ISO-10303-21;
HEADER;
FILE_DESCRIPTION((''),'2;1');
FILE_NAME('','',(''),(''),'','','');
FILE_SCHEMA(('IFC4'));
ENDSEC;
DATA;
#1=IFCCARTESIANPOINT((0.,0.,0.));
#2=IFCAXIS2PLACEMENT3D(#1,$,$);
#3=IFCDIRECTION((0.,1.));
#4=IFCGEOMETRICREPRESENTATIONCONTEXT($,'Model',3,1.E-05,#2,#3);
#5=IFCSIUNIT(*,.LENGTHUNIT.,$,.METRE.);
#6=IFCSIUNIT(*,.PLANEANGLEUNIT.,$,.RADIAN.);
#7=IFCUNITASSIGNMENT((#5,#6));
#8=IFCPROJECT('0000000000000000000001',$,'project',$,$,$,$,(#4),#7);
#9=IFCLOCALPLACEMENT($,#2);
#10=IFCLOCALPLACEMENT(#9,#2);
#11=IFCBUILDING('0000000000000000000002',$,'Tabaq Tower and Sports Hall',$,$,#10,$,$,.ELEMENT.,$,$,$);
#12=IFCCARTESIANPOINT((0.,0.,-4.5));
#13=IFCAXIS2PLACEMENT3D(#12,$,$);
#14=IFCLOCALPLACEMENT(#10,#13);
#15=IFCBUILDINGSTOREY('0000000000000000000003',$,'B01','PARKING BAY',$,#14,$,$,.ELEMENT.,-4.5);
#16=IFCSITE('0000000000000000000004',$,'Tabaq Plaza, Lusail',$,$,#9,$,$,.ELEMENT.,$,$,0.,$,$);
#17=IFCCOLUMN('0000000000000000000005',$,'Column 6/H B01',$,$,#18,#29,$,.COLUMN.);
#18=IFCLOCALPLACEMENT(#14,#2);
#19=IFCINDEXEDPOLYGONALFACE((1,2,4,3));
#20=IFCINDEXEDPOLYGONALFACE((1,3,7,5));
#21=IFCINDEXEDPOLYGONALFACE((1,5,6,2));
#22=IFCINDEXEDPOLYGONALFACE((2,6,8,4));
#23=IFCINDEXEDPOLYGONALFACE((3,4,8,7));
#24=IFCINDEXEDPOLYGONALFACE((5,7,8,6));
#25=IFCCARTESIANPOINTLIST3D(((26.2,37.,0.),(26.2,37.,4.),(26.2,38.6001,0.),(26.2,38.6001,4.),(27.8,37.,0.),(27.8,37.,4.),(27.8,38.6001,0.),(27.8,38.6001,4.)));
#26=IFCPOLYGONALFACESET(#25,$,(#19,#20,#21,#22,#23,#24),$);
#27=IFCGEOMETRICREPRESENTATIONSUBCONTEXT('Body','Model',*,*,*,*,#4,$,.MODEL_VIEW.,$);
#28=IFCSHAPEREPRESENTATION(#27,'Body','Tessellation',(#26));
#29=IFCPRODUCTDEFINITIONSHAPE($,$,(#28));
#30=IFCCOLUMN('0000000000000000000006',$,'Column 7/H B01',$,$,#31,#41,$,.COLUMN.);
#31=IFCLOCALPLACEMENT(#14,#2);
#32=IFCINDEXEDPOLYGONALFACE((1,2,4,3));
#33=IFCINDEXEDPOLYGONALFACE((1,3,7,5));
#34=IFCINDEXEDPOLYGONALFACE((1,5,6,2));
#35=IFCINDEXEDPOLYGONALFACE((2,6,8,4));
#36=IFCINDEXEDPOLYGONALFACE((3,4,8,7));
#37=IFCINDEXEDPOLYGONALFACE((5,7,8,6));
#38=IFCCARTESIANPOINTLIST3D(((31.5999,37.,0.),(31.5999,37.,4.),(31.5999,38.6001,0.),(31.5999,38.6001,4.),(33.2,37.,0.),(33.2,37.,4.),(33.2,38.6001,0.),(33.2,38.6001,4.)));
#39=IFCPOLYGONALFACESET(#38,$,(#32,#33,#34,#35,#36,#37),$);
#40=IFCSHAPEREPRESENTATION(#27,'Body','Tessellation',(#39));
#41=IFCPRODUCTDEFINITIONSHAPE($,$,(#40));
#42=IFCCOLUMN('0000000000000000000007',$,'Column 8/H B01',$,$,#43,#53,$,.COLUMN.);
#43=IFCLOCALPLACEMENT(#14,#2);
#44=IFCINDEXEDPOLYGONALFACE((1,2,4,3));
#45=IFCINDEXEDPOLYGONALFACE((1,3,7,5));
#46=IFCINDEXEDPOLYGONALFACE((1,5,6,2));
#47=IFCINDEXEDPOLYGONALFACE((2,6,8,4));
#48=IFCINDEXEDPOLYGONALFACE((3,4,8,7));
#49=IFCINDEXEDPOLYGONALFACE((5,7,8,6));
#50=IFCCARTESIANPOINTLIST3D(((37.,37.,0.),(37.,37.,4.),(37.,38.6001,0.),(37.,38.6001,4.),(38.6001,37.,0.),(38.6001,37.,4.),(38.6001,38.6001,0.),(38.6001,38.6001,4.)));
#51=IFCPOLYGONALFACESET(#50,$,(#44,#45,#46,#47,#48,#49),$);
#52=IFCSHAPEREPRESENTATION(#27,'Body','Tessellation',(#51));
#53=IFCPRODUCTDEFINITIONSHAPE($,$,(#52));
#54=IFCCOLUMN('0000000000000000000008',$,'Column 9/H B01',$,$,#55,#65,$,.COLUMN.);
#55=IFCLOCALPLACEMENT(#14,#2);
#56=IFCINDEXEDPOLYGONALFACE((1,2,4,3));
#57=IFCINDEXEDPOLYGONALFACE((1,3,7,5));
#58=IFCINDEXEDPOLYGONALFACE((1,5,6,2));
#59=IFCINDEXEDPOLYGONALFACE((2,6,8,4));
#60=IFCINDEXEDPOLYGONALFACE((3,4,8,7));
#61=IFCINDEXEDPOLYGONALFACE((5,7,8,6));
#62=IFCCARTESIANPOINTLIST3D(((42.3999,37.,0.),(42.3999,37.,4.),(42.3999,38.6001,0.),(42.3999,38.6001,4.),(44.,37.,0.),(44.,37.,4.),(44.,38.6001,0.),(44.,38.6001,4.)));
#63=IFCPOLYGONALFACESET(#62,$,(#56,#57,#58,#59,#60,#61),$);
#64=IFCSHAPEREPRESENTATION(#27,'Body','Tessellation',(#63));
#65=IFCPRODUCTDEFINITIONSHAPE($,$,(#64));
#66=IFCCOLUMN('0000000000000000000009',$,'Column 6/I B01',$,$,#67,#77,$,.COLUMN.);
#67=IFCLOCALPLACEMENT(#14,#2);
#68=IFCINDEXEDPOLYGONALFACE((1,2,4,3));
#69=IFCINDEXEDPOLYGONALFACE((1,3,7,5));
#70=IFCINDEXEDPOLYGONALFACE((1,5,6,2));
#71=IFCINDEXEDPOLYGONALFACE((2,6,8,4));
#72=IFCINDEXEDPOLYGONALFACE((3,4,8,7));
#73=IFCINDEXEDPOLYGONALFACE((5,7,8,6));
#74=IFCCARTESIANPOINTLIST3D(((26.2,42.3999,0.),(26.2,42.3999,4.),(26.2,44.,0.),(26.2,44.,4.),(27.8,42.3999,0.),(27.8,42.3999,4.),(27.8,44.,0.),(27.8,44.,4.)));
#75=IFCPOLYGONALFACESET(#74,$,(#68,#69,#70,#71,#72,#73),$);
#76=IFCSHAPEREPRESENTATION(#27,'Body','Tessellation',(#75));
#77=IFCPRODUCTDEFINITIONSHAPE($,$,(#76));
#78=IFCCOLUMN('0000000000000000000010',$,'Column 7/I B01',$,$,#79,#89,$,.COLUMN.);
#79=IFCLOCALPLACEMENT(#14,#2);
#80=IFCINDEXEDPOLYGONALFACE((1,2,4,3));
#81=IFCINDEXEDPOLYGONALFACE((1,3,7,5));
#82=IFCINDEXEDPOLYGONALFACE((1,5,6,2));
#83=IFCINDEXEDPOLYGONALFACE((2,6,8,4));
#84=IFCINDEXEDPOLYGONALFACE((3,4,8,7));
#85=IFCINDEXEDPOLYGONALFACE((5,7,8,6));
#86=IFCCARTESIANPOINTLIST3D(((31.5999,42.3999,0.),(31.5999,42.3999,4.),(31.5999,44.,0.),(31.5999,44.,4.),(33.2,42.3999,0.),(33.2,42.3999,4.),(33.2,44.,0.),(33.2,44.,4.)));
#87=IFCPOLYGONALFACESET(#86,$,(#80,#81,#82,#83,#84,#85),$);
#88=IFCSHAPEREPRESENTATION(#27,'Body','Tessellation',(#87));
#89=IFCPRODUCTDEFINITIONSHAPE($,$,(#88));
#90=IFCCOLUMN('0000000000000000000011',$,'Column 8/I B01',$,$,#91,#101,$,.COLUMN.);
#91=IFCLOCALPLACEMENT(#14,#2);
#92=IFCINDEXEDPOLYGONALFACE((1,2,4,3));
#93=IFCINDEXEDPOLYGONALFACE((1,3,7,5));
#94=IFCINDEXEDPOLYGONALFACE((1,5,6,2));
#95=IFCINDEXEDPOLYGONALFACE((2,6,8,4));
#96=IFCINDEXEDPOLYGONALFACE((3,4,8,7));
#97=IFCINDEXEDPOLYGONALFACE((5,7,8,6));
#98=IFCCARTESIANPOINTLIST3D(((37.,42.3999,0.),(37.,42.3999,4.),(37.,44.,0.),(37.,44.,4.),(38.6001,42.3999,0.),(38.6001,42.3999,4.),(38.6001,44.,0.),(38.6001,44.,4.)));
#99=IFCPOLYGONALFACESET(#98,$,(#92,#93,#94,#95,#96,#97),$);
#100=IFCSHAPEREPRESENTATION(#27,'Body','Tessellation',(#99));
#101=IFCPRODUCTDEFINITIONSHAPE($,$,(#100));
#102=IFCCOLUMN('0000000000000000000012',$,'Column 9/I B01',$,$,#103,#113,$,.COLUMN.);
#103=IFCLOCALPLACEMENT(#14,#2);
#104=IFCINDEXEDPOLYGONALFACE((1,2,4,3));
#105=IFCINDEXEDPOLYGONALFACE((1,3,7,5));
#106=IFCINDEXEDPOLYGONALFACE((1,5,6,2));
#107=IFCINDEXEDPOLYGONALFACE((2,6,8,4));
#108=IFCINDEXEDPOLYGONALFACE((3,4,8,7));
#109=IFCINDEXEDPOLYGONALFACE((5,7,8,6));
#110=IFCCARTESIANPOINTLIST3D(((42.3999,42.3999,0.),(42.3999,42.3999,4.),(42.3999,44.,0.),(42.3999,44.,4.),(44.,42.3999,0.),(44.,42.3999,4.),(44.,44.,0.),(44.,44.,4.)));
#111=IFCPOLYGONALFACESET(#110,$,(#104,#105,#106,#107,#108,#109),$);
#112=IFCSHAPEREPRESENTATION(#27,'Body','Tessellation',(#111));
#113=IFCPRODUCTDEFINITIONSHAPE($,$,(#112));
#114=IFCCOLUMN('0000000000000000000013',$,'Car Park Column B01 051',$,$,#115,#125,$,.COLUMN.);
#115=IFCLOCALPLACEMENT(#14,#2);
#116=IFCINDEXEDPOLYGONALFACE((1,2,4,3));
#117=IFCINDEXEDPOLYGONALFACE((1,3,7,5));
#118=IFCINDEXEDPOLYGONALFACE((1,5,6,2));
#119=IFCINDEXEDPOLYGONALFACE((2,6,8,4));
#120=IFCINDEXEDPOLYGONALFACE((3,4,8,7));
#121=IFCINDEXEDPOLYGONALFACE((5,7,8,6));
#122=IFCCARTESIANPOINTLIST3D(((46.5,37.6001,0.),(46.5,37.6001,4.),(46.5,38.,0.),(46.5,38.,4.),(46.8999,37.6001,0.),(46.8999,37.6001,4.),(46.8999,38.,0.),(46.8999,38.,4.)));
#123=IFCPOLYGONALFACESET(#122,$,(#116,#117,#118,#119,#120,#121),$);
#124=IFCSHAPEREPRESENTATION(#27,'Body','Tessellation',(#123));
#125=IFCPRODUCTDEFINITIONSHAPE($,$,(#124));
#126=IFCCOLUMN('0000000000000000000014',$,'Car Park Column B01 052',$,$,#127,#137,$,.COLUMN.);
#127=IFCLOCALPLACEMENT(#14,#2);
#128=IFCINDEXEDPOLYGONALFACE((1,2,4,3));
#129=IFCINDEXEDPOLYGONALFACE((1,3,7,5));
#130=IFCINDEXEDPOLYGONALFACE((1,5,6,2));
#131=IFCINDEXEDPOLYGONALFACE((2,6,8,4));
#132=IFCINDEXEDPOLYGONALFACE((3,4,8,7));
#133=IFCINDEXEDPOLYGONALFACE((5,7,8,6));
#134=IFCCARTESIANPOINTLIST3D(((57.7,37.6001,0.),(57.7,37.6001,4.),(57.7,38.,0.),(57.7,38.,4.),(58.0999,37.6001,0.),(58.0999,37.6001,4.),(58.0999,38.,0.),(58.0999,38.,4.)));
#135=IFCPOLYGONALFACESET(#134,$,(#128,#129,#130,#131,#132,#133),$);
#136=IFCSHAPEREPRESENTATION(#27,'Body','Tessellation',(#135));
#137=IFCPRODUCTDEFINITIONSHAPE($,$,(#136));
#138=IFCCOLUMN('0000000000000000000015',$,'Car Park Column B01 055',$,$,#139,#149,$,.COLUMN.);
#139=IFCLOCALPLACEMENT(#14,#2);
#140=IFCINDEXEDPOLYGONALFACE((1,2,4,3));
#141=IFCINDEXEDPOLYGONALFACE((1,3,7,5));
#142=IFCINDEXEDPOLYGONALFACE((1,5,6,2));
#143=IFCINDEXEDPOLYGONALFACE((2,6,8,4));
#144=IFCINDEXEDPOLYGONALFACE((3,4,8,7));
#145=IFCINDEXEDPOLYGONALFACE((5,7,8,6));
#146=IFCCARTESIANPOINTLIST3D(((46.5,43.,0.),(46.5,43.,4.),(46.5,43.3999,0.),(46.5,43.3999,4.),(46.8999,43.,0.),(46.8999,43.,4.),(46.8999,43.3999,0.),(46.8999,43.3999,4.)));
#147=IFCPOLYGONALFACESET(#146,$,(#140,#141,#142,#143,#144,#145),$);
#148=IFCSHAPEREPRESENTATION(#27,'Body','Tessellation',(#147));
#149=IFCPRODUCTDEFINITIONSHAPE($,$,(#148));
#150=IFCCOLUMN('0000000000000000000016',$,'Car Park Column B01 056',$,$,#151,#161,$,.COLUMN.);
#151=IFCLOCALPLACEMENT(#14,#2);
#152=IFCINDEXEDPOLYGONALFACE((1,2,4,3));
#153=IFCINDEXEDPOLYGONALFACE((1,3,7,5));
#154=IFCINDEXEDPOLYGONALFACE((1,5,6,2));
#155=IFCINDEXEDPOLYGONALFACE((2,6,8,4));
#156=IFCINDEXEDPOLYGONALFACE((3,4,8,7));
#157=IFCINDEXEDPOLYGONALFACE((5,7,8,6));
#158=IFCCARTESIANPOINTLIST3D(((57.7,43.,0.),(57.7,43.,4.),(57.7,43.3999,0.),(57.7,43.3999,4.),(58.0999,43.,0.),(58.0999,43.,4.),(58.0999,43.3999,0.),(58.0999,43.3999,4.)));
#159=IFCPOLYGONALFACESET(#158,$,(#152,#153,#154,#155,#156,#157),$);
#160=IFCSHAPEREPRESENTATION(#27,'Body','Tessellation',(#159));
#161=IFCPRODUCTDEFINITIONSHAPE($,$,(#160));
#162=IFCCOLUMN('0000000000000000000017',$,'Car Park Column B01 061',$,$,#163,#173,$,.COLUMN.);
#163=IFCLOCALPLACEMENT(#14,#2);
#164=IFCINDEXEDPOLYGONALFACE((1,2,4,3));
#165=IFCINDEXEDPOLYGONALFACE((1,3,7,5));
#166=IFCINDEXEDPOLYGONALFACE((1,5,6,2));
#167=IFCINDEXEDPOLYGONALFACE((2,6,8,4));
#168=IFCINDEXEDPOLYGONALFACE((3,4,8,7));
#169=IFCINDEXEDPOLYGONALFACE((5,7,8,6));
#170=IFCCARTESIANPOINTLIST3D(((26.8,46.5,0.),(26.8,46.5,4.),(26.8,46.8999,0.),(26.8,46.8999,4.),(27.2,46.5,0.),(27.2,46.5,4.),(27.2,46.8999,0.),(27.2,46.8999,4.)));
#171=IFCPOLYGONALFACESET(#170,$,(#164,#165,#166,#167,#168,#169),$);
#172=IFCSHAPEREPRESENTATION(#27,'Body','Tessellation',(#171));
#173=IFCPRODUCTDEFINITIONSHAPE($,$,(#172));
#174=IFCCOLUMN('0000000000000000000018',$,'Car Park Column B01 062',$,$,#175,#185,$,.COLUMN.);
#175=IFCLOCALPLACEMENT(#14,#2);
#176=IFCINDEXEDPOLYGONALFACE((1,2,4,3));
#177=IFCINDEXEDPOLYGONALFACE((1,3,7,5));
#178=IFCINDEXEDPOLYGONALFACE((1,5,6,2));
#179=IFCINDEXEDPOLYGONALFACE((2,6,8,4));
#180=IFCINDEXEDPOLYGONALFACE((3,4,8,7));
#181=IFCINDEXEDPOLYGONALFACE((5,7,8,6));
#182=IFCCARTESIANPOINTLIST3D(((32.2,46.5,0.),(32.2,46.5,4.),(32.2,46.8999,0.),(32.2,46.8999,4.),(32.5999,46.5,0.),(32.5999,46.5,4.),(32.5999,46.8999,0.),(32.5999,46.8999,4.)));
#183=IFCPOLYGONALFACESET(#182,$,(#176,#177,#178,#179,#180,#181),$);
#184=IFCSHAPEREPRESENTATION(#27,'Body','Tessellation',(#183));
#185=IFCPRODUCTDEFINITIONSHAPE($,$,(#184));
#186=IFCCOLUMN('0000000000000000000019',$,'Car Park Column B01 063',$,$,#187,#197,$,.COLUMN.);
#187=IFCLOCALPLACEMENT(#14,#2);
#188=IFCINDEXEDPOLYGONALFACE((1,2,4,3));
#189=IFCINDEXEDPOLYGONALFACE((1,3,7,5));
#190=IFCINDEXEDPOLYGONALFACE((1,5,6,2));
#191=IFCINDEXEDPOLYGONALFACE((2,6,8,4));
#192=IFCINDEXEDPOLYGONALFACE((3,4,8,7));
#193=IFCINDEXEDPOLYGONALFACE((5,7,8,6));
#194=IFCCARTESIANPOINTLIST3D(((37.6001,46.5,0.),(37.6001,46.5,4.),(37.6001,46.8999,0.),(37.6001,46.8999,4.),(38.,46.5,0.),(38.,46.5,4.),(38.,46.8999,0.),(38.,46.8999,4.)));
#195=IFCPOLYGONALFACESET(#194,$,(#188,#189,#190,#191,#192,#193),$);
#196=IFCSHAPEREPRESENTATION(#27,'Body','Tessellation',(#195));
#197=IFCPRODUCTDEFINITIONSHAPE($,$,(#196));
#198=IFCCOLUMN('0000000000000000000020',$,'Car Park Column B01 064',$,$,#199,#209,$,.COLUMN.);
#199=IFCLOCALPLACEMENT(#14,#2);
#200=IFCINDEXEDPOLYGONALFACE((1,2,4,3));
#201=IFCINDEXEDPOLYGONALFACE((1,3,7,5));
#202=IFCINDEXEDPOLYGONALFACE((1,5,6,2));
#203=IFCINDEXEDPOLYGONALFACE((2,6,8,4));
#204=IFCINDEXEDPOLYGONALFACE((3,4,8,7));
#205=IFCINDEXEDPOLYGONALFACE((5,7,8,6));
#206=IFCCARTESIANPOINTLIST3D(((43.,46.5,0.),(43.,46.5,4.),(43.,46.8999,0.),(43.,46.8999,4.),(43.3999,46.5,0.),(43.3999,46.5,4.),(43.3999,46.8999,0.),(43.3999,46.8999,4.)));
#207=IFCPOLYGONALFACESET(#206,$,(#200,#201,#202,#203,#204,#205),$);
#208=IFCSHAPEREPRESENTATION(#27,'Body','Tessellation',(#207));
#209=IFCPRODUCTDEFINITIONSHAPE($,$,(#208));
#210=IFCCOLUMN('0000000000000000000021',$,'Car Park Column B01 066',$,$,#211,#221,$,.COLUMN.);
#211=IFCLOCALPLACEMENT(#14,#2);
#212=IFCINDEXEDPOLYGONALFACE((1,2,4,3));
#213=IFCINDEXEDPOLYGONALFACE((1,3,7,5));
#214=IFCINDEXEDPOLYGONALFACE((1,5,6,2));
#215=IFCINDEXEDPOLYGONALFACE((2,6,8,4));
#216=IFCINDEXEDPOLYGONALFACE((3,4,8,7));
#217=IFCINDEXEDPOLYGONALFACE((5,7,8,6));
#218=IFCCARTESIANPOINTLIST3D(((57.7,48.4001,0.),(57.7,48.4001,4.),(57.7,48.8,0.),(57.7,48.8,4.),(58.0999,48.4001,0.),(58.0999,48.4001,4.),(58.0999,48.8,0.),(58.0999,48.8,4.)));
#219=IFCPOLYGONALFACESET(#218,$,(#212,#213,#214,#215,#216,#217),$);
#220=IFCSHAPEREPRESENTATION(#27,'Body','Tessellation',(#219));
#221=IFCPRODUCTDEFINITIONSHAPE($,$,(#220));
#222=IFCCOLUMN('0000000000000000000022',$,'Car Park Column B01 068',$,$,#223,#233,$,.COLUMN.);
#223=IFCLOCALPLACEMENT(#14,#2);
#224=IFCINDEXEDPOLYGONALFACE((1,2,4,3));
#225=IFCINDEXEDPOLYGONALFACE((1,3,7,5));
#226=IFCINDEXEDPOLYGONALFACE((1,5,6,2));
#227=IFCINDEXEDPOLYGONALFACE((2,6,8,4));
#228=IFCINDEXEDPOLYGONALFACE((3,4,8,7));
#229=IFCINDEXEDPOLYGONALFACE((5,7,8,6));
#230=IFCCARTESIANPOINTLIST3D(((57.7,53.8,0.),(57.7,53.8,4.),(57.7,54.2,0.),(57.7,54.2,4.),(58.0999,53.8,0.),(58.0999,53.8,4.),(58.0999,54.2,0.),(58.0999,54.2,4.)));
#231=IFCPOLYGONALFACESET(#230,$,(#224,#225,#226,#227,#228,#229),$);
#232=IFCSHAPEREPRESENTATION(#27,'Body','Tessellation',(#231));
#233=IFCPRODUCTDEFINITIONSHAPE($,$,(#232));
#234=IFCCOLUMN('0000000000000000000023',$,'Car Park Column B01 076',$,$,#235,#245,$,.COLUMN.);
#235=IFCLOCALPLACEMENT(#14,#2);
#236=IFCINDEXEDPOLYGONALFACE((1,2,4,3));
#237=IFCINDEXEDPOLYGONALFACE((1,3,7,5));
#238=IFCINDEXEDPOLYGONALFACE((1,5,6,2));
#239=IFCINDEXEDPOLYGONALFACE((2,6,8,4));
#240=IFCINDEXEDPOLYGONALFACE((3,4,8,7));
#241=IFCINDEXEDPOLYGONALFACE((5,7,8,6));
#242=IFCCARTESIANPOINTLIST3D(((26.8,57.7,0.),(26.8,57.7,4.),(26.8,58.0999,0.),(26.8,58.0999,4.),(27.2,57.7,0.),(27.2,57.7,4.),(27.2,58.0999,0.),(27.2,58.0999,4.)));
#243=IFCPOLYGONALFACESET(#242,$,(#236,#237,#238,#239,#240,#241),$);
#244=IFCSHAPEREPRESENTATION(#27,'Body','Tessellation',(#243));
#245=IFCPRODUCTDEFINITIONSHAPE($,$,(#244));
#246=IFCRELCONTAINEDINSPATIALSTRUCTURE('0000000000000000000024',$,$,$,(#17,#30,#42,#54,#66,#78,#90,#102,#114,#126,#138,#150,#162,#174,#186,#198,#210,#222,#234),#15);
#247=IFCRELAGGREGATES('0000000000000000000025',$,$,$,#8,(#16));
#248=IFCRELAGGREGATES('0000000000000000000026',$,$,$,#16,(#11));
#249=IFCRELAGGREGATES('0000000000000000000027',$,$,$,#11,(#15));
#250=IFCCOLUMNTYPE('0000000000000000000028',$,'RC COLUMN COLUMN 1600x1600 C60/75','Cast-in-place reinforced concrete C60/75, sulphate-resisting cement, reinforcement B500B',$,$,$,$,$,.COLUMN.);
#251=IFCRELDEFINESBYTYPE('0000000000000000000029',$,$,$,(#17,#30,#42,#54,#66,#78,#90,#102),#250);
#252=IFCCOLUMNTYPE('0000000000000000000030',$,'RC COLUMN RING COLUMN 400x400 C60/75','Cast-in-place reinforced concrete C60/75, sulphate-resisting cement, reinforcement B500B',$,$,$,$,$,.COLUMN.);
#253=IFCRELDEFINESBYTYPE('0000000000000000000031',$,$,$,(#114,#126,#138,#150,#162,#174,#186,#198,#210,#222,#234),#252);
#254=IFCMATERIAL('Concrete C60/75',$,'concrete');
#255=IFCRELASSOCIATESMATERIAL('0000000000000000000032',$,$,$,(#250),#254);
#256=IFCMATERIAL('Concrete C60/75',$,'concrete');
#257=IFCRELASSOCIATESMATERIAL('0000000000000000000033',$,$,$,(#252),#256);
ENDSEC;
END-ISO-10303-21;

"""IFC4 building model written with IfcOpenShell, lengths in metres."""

from ifc_helpers import new_model, si_unit, direction, frame, origin, origin_2d, place, context, subcontext, project, spatial, rectangle, extrude, material, material_profile, profile_set, type_object, element, save


model = new_model("IFC4")

# Units and contexts
model_context = context("Model", 3, precision=1e-05, world=origin(), true_north=direction((0.0, 1.0)))
body_context = subcontext(model_context, "Body", "Model", "MODEL_VIEW")
ifc_project = project(units=[si_unit("LENGTHUNIT", "METRE"), si_unit("PLANEANGLEUNIT", "RADIAN")], contexts=[model_context])

# Site, building, storey
site_placement = place(None, origin())
site = spatial("IfcSite", under=ifc_project, at=site_placement, Name="Tabaq Plaza, Lusail", CompositionType="ELEMENT", RefElevation=0.0)
building_placement = place(site_placement, origin())
building = spatial("IfcBuilding", under=site, at=building_placement, Name="Tabaq Tower and Sports Hall", CompositionType="ELEMENT")
storey_placement = place(building_placement, frame((0.0, 0.0, -4.5)))
storey = spatial("IfcBuildingStorey", under=building, at=storey_placement, Name="B01", Description="PARKING BAY", CompositionType="ELEMENT", Elevation=-4.5)

# Columns
ifc_material_1 = material(Name="Concrete C60/75", Category="concrete")
ifc_material_profile_1 = material_profile(ifc_material_1, rectangle(XDim=1.6001, YDim=1.6001, at=origin_2d()), Name="COLUMN 1600x1600")
ifc_profile_set_1 = profile_set([ifc_material_profile_1], Name="Concrete C60/75")
column_type_1 = type_object("IfcColumnType", Name="RC COLUMN COLUMN 1600x1600 C60/75", Description="Cast-in-place reinforced concrete C60/75, sulphate-resisting cement, reinforcement B500B", PredefinedType="COLUMN", material=ifc_profile_set_1)
for number, where, z_axis, x_axis, name in (
    (1, (27.0, 37.8, 0.0), (0.0, 0.0, 1.0), (1.0, 0.0, 0.0), "Column 6/H B01"),
    (2, (32.3999, 37.8, 0.0), (0.0, 0.0, 1.0), (1.0, 0.0, 0.0), "Column 7/H B01"),
    (3, (37.8, 37.8, 0.0), (0.0, 0.0, 1.0), (1.0, 0.0, 0.0), "Column 8/H B01"),
    (4, (43.2, 37.8, 0.0), (0.0, 0.0, 1.0), (1.0, 0.0, 0.0), "Column 9/H B01"),
    (5, (27.0, 43.2, 0.0), (0.0, 0.0, 1.0), (1.0, 0.0, 0.0), "Column 6/I B01"),
    (6, (32.3999, 43.2, 0.0), (0.0, 0.0, 1.0), (1.0, 0.0, 0.0), "Column 7/I B01"),
    (7, (37.8, 43.2, 0.0), (0.0, 0.0, 1.0), (1.0, 0.0, 0.0), "Column 8/I B01"),
    (8, (43.2, 43.2, 0.0), (0.0, 0.0, 1.0), (1.0, 0.0, 0.0), "Column 9/I B01"),
):
    element("IfcColumn", number, at=place(storey_placement, frame(where, z_axis=z_axis, x_axis=x_axis)), inside=storey, type_object=column_type_1, Name=name, PredefinedType="COLUMN", context=body_context, shape_type="SweptSolid", body=[
        extrude(rectangle(XDim=1.6001, YDim=1.6001, at=origin_2d()), origin(), (0.0, 0.0, 1.0), 4.0),
    ])
ifc_material_2 = material(Name="Concrete C60/75", Category="concrete")
ifc_material_profile_2 = material_profile(ifc_material_2, rectangle(XDim=0.3999, YDim=0.3999, at=origin_2d()), Name="RING COLUMN 400x400")
ifc_profile_set_2 = profile_set([ifc_material_profile_2], Name="Concrete C60/75")
column_type_2 = type_object("IfcColumnType", Name="RC COLUMN RING COLUMN 400x400 C60/75", Description="Cast-in-place reinforced concrete C60/75, sulphate-resisting cement, reinforcement B500B", PredefinedType="COLUMN", material=ifc_profile_set_2)
for number, where, z_axis, x_axis, name in (
    (9, (46.7, 37.8, 0.0), (0.0, 0.0, 1.0), (1.0, 0.0, 0.0), "Car Park Column B01 051"),
    (10, (57.8999, 37.8, 0.0), (0.0, 0.0, 1.0), (1.0, 0.0, 0.0), "Car Park Column B01 052"),
    (11, (46.7, 43.2, 0.0), (0.0, 0.0, 1.0), (1.0, 0.0, 0.0), "Car Park Column B01 055"),
    (12, (57.8999, 43.2, 0.0), (0.0, 0.0, 1.0), (1.0, 0.0, 0.0), "Car Park Column B01 056"),
    (13, (27.0, 46.7, 0.0), (0.0, 0.0, 1.0), (1.0, 0.0, 0.0), "Car Park Column B01 061"),
    (14, (32.3999, 46.7, 0.0), (0.0, 0.0, 1.0), (1.0, 0.0, 0.0), "Car Park Column B01 062"),
    (15, (37.8, 46.7, 0.0), (0.0, 0.0, 1.0), (1.0, 0.0, 0.0), "Car Park Column B01 063"),
    (16, (43.2, 46.7, 0.0), (0.0, 0.0, 1.0), (1.0, 0.0, 0.0), "Car Park Column B01 064"),
    (17, (57.8999, 48.6001, 0.0), (0.0, 0.0, 1.0), (1.0, 0.0, 0.0), "Car Park Column B01 066"),
    (18, (57.8999, 54.0, 0.0), (0.0, 0.0, 1.0), (1.0, 0.0, 0.0), "Car Park Column B01 068"),
    (19, (27.0, 57.8999, 0.0), (0.0, 0.0, 1.0), (1.0, 0.0, 0.0), "Car Park Column B01 076"),
):
    element("IfcColumn", number, at=place(storey_placement, frame(where, z_axis=z_axis, x_axis=x_axis)), inside=storey, type_object=column_type_2, Name=name, PredefinedType="COLUMN", context=body_context, shape_type="SweptSolid", body=[
        extrude(rectangle(XDim=0.3999, YDim=0.3999, at=origin_2d()), origin(), (0.0, 0.0, 1.0), 4.0),
    ])

save(model, "model.ifc")
